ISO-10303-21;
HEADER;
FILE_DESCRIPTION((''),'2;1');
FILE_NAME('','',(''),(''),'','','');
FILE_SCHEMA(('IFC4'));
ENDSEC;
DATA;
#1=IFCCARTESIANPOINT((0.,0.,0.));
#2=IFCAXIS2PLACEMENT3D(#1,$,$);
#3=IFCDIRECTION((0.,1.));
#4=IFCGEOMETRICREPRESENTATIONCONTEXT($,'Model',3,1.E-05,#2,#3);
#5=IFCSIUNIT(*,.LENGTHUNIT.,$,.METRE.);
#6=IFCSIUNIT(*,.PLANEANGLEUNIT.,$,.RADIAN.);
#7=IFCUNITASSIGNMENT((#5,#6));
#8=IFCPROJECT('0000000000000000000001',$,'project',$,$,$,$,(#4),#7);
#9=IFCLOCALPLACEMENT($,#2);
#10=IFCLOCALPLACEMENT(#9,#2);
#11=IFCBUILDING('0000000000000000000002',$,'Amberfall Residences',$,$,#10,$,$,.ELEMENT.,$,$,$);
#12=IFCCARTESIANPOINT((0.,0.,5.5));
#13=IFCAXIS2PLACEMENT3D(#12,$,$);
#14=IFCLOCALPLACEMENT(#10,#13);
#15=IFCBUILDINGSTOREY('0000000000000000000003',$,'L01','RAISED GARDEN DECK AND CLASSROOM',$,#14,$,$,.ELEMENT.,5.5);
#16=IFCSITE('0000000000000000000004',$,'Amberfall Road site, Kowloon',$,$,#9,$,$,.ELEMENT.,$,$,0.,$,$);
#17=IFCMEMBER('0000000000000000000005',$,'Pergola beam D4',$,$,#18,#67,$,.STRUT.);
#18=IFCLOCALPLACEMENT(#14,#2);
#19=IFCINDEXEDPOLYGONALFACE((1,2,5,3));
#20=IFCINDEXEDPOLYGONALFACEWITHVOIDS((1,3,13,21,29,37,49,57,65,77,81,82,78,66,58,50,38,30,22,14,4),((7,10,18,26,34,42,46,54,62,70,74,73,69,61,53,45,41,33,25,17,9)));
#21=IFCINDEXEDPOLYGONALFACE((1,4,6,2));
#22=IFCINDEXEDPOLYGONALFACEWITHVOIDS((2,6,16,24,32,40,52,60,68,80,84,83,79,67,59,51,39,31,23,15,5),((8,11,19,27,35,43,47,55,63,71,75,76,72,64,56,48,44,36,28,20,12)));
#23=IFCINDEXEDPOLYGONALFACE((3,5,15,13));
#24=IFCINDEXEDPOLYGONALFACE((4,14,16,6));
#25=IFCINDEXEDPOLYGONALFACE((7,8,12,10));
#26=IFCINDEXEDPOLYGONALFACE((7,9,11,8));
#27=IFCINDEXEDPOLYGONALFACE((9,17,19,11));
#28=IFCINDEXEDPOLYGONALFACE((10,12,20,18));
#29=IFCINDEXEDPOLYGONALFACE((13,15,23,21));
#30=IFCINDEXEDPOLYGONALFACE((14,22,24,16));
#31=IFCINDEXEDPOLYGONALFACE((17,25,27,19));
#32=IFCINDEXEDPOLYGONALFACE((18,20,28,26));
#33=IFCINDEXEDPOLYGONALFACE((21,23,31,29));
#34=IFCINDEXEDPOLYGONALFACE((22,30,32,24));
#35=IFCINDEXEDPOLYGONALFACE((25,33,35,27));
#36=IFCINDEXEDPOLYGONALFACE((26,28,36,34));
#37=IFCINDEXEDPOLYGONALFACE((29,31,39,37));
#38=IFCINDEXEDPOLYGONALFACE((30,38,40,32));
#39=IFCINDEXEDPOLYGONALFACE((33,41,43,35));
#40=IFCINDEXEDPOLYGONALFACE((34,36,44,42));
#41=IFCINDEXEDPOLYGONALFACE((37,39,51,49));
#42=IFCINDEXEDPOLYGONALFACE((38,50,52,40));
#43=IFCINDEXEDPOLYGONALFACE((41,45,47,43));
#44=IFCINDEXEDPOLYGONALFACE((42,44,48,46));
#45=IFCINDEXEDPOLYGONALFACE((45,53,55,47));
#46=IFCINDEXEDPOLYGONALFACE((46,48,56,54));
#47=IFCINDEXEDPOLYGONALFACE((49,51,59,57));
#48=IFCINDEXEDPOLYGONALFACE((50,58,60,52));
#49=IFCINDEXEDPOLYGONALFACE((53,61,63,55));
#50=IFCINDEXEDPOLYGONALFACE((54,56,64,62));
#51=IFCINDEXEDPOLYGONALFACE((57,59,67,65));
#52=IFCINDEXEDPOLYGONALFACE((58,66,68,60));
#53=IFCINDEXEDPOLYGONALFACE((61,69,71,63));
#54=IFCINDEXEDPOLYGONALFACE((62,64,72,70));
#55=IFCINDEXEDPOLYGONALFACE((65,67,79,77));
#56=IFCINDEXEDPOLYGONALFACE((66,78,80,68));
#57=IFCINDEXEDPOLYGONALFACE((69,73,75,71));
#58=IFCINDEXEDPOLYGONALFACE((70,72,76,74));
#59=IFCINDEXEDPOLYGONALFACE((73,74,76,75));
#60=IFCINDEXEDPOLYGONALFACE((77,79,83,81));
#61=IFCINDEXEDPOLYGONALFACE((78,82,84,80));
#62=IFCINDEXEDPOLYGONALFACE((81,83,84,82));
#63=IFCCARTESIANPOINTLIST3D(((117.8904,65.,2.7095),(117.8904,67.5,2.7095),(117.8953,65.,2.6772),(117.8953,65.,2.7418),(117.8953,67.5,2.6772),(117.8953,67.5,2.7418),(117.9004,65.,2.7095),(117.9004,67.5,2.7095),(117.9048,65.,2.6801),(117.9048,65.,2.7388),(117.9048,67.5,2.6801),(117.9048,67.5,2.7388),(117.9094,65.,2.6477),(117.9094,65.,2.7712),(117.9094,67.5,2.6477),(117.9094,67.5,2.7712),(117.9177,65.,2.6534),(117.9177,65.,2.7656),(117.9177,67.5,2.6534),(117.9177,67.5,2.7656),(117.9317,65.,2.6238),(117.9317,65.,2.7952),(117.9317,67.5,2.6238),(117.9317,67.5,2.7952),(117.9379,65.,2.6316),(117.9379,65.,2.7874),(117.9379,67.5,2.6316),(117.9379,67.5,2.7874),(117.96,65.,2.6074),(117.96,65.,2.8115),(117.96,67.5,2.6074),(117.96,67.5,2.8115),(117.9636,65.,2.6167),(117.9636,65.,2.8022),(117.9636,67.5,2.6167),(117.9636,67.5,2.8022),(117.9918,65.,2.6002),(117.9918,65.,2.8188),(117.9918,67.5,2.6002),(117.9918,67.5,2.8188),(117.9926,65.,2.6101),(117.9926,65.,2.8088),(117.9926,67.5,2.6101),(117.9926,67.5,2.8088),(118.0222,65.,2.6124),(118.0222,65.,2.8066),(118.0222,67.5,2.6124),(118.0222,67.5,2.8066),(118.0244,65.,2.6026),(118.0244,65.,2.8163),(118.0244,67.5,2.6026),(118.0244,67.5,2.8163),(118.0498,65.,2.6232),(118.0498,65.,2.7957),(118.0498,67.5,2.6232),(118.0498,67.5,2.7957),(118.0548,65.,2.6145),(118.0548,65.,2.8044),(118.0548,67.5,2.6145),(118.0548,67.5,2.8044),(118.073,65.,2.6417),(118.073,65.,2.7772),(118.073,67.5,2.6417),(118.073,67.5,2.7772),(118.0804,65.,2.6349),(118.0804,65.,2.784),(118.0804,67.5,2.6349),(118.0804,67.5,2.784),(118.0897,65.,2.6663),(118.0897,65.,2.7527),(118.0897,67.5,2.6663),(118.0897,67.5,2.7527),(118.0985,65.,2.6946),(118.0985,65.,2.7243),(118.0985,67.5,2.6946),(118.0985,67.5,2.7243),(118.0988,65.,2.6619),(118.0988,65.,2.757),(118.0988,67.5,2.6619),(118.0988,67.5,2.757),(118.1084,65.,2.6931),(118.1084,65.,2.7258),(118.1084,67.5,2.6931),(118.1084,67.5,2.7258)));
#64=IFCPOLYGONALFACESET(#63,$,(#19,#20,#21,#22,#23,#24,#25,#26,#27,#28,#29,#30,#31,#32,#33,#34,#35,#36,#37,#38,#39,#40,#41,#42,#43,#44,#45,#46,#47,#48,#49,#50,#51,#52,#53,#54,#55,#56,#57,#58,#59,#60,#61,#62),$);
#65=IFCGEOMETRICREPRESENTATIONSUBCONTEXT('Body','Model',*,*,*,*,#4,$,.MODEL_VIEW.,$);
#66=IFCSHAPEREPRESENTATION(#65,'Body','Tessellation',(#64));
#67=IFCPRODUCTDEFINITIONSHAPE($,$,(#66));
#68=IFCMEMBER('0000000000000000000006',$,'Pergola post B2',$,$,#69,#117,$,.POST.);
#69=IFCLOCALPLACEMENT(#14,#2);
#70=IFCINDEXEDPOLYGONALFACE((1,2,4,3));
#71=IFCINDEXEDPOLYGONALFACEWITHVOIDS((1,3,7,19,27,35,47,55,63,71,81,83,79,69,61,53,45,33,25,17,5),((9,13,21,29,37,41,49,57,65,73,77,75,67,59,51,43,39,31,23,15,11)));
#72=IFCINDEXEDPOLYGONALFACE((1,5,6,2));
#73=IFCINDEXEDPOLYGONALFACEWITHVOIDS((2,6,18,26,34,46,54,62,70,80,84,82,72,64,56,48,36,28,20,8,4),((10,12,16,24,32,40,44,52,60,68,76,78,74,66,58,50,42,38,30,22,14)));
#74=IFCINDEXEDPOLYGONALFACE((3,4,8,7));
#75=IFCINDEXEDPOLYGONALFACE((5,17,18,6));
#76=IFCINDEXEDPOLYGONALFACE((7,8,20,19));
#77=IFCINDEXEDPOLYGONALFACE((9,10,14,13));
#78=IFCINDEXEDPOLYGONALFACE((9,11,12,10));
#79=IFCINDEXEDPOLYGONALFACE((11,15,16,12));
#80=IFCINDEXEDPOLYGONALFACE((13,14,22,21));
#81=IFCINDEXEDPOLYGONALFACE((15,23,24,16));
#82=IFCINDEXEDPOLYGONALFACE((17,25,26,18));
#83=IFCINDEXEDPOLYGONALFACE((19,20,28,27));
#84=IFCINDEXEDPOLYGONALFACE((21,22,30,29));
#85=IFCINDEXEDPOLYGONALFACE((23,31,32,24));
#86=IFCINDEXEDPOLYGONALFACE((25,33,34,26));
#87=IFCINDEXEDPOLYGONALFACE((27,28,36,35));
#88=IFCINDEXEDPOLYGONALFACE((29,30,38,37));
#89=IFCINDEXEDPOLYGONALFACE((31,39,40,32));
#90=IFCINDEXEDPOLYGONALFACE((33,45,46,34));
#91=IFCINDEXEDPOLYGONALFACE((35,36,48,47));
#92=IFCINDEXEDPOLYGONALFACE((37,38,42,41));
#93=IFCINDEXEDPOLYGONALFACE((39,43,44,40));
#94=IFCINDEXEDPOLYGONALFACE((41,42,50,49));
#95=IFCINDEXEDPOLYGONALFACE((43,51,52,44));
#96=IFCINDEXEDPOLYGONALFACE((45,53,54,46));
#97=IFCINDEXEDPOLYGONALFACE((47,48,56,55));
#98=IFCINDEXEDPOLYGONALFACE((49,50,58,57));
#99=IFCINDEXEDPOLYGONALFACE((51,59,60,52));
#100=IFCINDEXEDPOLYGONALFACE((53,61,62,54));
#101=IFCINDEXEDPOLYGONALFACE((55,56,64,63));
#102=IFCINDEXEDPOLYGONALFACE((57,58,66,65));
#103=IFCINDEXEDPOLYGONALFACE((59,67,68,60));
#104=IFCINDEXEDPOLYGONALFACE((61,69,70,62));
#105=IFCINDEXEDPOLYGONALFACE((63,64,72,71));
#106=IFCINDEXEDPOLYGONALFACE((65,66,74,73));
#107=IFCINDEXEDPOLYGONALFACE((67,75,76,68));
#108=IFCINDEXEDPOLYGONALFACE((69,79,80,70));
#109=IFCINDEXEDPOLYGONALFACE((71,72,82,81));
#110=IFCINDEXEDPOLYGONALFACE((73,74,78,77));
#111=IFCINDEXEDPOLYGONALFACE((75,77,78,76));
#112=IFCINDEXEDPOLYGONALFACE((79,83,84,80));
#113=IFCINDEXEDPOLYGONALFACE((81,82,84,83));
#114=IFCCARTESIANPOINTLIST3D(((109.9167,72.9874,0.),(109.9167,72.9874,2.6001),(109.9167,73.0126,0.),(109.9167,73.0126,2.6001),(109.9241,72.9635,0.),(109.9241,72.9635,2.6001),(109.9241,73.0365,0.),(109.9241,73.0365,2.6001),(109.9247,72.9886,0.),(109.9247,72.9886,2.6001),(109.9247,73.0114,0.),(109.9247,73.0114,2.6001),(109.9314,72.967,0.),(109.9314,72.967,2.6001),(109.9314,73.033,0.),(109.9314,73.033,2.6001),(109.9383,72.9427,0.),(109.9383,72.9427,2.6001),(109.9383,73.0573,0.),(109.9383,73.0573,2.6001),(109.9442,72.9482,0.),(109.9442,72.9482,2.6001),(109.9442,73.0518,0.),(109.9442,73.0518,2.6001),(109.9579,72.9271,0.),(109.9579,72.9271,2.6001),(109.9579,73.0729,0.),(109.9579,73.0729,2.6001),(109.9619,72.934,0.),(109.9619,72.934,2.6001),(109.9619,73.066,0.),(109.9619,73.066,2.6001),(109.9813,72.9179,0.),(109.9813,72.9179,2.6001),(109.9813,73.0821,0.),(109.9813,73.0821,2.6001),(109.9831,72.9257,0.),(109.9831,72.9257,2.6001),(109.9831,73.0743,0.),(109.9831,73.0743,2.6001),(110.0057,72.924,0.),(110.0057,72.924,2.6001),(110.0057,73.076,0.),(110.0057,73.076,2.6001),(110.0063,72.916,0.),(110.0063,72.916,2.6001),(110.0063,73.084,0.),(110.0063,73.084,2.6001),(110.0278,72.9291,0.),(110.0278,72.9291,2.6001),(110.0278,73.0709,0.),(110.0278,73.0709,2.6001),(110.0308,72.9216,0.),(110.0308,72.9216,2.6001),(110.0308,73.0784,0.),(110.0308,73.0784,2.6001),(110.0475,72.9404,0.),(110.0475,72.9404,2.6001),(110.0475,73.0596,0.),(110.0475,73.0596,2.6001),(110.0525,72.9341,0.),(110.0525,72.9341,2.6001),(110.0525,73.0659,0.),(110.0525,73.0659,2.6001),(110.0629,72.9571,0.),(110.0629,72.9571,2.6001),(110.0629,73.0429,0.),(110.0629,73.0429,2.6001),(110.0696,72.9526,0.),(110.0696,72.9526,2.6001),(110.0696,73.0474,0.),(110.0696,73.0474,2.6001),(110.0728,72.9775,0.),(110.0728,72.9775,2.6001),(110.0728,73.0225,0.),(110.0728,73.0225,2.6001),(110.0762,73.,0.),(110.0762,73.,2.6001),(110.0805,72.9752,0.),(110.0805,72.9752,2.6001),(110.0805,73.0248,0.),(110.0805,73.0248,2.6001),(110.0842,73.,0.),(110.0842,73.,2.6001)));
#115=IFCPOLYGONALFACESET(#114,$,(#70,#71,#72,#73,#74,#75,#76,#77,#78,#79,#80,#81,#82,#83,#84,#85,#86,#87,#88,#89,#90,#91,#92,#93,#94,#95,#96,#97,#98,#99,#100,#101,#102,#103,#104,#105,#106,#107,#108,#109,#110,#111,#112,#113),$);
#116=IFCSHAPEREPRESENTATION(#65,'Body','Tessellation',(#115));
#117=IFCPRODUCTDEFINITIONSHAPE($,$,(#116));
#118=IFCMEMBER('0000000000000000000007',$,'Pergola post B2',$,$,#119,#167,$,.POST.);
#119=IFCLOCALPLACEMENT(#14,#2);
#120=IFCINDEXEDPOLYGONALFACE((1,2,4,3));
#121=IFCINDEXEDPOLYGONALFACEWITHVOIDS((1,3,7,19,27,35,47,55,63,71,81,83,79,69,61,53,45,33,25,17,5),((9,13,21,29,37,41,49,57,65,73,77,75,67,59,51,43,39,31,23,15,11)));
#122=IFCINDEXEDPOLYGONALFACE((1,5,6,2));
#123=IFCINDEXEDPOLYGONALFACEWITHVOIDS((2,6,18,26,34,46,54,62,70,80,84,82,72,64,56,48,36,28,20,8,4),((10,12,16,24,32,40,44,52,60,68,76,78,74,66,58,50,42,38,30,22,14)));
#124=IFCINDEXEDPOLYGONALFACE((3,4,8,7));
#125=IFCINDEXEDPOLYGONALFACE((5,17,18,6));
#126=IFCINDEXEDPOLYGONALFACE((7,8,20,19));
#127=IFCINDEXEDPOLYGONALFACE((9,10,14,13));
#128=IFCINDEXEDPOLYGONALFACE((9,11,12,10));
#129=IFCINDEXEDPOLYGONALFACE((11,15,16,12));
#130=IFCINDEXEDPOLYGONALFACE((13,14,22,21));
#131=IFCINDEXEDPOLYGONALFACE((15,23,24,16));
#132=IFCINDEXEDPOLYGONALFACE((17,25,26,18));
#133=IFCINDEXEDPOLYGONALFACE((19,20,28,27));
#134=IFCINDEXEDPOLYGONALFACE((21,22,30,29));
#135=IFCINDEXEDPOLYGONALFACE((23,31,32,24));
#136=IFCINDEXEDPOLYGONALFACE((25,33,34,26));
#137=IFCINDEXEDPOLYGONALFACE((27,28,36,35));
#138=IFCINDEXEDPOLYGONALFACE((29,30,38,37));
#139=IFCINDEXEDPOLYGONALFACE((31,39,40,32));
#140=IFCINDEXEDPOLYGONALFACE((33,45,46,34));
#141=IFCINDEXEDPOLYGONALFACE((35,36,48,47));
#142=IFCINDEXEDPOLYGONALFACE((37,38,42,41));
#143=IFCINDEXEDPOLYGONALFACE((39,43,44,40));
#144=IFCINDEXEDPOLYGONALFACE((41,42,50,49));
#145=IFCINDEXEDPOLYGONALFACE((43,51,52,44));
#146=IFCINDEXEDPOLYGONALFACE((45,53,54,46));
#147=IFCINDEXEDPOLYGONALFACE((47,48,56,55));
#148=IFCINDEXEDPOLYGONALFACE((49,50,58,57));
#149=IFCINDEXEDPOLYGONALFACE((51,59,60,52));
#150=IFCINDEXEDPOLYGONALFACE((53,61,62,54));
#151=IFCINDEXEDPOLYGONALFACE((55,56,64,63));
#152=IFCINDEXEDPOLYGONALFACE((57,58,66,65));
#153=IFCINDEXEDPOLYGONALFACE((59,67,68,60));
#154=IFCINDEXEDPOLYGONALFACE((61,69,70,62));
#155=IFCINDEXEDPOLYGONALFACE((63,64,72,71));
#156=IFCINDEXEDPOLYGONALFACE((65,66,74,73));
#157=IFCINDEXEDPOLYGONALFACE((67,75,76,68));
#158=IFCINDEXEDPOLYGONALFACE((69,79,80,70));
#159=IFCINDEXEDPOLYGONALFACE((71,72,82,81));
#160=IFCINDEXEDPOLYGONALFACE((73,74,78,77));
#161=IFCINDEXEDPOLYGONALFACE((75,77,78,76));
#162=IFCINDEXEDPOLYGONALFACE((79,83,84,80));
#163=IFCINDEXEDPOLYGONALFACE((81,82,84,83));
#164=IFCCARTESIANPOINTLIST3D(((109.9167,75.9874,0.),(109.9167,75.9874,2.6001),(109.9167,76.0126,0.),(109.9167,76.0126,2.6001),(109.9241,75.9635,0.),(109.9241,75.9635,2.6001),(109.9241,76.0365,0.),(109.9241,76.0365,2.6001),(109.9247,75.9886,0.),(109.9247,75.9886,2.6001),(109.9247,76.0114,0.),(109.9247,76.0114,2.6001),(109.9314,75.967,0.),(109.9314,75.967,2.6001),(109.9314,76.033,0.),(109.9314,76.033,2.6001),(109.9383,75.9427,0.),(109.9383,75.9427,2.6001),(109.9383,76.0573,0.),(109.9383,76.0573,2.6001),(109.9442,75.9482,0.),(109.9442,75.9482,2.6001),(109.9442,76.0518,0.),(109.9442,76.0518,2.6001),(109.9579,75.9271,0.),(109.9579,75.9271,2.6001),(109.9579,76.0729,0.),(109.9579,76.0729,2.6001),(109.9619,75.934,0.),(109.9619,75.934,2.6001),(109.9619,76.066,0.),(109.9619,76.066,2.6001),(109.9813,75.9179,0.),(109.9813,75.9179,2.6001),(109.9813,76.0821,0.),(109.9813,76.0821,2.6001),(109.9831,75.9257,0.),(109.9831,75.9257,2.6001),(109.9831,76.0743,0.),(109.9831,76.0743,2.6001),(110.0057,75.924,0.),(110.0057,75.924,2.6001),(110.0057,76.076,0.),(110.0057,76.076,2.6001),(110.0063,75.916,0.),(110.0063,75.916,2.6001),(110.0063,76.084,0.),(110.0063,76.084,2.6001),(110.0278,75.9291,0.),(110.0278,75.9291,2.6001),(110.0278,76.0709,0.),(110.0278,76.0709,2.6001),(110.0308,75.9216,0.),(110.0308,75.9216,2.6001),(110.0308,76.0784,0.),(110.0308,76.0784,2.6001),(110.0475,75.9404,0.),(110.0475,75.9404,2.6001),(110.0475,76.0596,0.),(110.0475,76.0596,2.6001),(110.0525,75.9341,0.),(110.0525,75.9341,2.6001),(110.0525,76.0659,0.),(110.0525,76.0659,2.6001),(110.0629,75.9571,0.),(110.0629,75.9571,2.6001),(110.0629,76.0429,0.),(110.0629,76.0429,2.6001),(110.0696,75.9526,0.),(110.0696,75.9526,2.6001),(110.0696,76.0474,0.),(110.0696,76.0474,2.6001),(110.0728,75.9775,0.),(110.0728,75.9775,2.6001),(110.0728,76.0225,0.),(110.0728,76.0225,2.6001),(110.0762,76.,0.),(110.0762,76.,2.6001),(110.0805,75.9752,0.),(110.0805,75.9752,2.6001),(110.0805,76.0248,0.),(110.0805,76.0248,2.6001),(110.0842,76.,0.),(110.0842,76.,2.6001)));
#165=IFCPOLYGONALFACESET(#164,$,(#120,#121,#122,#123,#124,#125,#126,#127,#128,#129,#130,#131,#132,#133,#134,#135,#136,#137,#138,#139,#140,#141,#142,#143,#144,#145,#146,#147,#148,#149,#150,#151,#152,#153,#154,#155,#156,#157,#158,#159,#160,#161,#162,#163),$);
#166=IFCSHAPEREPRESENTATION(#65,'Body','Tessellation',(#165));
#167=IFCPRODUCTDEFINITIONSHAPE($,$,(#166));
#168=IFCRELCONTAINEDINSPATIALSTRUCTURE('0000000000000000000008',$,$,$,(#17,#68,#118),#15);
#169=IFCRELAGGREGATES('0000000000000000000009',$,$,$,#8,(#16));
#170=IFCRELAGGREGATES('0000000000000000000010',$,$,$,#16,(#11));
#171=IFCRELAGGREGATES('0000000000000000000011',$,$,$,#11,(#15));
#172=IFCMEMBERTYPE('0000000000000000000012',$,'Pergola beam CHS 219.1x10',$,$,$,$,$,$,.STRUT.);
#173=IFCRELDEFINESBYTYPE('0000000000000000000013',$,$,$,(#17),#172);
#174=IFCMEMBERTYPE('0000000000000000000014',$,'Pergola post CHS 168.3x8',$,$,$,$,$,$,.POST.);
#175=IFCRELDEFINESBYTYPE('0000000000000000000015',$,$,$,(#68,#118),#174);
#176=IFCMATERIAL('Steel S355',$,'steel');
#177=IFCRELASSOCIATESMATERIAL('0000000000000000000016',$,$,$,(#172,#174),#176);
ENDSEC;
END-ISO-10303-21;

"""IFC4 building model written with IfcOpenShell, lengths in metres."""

from ifc_helpers import new_model, si_unit, direction, frame, origin, origin_2d, place, context, subcontext, project, spatial, hollow_circle, extrude, material, material_profile, profile_set, type_object, element, save


model = new_model("IFC4")

# Units and contexts
model_context = context("Model", 3, precision=1e-05, world=origin(), true_north=direction((0.0, 1.0)))
body_context = subcontext(model_context, "Body", "Model", "MODEL_VIEW")
ifc_project = project(units=[si_unit("LENGTHUNIT", "METRE"), si_unit("PLANEANGLEUNIT", "RADIAN")], contexts=[model_context])

# Site, building, storey
site_placement = place(None, origin())
site = spatial("IfcSite", under=ifc_project, at=site_placement, Name="Amberfall Road site, Kowloon", CompositionType="ELEMENT", RefElevation=0.0)
building_placement = place(site_placement, origin())
building = spatial("IfcBuilding", under=site, at=building_placement, Name="Amberfall Residences", CompositionType="ELEMENT")
storey_placement = place(building_placement, frame((0.0, 0.0, 5.5)))
storey = spatial("IfcBuildingStorey", under=building, at=storey_placement, Name="L01", Description="RAISED GARDEN DECK AND CLASSROOM", CompositionType="ELEMENT", Elevation=5.5)

# Members
ifc_material_1 = material(Name="Steel S355", Category="steel")
ifc_material_profile_1 = material_profile(ifc_material_1, hollow_circle(Radius=0.1096, WallThickness=0.01, at=origin_2d()), Name="CHS 219.1x10")
ifc_profile_set_1 = profile_set([ifc_material_profile_1], Name="Steel S355")
member_type_1 = type_object("IfcMemberType", Name="Pergola beam CHS 219.1x10", PredefinedType="STRUT", material=ifc_profile_set_1)
member_placement = place(storey_placement, frame((118.0, 65.0, 2.7095), z_axis=(0.0, 1.0, 0.0), x_axis=(-1.0, 0.0, 0.0)))
element("IfcMember", 1, at=member_placement, inside=storey, type_object=member_type_1, Name="Pergola beam D4", PredefinedType="STRUT", context=body_context, shape_type="SweptSolid", body=[
    extrude(hollow_circle(Radius=0.1096, WallThickness=0.01, at=origin_2d()), origin(), (0.0, 0.0, 1.0), 2.5),
])
ifc_material_profile_2 = material_profile(ifc_material_1, hollow_circle(Radius=0.0842, WallThickness=0.0081, at=origin_2d()), Name="CHS 168.3x8")
ifc_profile_set_2 = profile_set([ifc_material_profile_2], Name="Steel S355")
member_type_2 = type_object("IfcMemberType", Name="Pergola post CHS 168.3x8", PredefinedType="POST", material=ifc_profile_set_2)
for number, where, z_axis, x_axis, name in (
    (2, (110.0, 73.0, 0.0), (0.0, 0.0, 1.0), (1.0, 0.0, 0.0), "Pergola post B2"),
    (3, (110.0, 76.0, 0.0), (0.0, 0.0, 1.0), (1.0, 0.0, 0.0), "Pergola post B2"),
):
    element("IfcMember", number, at=place(storey_placement, frame(where, z_axis=z_axis, x_axis=x_axis)), inside=storey, type_object=member_type_2, Name=name, PredefinedType="POST", context=body_context, shape_type="SweptSolid", body=[
        extrude(hollow_circle(Radius=0.0842, WallThickness=0.0081, at=origin_2d()), origin(), (0.0, 0.0, 1.0), 2.6001),
    ])

save(model, "model.ifc")
